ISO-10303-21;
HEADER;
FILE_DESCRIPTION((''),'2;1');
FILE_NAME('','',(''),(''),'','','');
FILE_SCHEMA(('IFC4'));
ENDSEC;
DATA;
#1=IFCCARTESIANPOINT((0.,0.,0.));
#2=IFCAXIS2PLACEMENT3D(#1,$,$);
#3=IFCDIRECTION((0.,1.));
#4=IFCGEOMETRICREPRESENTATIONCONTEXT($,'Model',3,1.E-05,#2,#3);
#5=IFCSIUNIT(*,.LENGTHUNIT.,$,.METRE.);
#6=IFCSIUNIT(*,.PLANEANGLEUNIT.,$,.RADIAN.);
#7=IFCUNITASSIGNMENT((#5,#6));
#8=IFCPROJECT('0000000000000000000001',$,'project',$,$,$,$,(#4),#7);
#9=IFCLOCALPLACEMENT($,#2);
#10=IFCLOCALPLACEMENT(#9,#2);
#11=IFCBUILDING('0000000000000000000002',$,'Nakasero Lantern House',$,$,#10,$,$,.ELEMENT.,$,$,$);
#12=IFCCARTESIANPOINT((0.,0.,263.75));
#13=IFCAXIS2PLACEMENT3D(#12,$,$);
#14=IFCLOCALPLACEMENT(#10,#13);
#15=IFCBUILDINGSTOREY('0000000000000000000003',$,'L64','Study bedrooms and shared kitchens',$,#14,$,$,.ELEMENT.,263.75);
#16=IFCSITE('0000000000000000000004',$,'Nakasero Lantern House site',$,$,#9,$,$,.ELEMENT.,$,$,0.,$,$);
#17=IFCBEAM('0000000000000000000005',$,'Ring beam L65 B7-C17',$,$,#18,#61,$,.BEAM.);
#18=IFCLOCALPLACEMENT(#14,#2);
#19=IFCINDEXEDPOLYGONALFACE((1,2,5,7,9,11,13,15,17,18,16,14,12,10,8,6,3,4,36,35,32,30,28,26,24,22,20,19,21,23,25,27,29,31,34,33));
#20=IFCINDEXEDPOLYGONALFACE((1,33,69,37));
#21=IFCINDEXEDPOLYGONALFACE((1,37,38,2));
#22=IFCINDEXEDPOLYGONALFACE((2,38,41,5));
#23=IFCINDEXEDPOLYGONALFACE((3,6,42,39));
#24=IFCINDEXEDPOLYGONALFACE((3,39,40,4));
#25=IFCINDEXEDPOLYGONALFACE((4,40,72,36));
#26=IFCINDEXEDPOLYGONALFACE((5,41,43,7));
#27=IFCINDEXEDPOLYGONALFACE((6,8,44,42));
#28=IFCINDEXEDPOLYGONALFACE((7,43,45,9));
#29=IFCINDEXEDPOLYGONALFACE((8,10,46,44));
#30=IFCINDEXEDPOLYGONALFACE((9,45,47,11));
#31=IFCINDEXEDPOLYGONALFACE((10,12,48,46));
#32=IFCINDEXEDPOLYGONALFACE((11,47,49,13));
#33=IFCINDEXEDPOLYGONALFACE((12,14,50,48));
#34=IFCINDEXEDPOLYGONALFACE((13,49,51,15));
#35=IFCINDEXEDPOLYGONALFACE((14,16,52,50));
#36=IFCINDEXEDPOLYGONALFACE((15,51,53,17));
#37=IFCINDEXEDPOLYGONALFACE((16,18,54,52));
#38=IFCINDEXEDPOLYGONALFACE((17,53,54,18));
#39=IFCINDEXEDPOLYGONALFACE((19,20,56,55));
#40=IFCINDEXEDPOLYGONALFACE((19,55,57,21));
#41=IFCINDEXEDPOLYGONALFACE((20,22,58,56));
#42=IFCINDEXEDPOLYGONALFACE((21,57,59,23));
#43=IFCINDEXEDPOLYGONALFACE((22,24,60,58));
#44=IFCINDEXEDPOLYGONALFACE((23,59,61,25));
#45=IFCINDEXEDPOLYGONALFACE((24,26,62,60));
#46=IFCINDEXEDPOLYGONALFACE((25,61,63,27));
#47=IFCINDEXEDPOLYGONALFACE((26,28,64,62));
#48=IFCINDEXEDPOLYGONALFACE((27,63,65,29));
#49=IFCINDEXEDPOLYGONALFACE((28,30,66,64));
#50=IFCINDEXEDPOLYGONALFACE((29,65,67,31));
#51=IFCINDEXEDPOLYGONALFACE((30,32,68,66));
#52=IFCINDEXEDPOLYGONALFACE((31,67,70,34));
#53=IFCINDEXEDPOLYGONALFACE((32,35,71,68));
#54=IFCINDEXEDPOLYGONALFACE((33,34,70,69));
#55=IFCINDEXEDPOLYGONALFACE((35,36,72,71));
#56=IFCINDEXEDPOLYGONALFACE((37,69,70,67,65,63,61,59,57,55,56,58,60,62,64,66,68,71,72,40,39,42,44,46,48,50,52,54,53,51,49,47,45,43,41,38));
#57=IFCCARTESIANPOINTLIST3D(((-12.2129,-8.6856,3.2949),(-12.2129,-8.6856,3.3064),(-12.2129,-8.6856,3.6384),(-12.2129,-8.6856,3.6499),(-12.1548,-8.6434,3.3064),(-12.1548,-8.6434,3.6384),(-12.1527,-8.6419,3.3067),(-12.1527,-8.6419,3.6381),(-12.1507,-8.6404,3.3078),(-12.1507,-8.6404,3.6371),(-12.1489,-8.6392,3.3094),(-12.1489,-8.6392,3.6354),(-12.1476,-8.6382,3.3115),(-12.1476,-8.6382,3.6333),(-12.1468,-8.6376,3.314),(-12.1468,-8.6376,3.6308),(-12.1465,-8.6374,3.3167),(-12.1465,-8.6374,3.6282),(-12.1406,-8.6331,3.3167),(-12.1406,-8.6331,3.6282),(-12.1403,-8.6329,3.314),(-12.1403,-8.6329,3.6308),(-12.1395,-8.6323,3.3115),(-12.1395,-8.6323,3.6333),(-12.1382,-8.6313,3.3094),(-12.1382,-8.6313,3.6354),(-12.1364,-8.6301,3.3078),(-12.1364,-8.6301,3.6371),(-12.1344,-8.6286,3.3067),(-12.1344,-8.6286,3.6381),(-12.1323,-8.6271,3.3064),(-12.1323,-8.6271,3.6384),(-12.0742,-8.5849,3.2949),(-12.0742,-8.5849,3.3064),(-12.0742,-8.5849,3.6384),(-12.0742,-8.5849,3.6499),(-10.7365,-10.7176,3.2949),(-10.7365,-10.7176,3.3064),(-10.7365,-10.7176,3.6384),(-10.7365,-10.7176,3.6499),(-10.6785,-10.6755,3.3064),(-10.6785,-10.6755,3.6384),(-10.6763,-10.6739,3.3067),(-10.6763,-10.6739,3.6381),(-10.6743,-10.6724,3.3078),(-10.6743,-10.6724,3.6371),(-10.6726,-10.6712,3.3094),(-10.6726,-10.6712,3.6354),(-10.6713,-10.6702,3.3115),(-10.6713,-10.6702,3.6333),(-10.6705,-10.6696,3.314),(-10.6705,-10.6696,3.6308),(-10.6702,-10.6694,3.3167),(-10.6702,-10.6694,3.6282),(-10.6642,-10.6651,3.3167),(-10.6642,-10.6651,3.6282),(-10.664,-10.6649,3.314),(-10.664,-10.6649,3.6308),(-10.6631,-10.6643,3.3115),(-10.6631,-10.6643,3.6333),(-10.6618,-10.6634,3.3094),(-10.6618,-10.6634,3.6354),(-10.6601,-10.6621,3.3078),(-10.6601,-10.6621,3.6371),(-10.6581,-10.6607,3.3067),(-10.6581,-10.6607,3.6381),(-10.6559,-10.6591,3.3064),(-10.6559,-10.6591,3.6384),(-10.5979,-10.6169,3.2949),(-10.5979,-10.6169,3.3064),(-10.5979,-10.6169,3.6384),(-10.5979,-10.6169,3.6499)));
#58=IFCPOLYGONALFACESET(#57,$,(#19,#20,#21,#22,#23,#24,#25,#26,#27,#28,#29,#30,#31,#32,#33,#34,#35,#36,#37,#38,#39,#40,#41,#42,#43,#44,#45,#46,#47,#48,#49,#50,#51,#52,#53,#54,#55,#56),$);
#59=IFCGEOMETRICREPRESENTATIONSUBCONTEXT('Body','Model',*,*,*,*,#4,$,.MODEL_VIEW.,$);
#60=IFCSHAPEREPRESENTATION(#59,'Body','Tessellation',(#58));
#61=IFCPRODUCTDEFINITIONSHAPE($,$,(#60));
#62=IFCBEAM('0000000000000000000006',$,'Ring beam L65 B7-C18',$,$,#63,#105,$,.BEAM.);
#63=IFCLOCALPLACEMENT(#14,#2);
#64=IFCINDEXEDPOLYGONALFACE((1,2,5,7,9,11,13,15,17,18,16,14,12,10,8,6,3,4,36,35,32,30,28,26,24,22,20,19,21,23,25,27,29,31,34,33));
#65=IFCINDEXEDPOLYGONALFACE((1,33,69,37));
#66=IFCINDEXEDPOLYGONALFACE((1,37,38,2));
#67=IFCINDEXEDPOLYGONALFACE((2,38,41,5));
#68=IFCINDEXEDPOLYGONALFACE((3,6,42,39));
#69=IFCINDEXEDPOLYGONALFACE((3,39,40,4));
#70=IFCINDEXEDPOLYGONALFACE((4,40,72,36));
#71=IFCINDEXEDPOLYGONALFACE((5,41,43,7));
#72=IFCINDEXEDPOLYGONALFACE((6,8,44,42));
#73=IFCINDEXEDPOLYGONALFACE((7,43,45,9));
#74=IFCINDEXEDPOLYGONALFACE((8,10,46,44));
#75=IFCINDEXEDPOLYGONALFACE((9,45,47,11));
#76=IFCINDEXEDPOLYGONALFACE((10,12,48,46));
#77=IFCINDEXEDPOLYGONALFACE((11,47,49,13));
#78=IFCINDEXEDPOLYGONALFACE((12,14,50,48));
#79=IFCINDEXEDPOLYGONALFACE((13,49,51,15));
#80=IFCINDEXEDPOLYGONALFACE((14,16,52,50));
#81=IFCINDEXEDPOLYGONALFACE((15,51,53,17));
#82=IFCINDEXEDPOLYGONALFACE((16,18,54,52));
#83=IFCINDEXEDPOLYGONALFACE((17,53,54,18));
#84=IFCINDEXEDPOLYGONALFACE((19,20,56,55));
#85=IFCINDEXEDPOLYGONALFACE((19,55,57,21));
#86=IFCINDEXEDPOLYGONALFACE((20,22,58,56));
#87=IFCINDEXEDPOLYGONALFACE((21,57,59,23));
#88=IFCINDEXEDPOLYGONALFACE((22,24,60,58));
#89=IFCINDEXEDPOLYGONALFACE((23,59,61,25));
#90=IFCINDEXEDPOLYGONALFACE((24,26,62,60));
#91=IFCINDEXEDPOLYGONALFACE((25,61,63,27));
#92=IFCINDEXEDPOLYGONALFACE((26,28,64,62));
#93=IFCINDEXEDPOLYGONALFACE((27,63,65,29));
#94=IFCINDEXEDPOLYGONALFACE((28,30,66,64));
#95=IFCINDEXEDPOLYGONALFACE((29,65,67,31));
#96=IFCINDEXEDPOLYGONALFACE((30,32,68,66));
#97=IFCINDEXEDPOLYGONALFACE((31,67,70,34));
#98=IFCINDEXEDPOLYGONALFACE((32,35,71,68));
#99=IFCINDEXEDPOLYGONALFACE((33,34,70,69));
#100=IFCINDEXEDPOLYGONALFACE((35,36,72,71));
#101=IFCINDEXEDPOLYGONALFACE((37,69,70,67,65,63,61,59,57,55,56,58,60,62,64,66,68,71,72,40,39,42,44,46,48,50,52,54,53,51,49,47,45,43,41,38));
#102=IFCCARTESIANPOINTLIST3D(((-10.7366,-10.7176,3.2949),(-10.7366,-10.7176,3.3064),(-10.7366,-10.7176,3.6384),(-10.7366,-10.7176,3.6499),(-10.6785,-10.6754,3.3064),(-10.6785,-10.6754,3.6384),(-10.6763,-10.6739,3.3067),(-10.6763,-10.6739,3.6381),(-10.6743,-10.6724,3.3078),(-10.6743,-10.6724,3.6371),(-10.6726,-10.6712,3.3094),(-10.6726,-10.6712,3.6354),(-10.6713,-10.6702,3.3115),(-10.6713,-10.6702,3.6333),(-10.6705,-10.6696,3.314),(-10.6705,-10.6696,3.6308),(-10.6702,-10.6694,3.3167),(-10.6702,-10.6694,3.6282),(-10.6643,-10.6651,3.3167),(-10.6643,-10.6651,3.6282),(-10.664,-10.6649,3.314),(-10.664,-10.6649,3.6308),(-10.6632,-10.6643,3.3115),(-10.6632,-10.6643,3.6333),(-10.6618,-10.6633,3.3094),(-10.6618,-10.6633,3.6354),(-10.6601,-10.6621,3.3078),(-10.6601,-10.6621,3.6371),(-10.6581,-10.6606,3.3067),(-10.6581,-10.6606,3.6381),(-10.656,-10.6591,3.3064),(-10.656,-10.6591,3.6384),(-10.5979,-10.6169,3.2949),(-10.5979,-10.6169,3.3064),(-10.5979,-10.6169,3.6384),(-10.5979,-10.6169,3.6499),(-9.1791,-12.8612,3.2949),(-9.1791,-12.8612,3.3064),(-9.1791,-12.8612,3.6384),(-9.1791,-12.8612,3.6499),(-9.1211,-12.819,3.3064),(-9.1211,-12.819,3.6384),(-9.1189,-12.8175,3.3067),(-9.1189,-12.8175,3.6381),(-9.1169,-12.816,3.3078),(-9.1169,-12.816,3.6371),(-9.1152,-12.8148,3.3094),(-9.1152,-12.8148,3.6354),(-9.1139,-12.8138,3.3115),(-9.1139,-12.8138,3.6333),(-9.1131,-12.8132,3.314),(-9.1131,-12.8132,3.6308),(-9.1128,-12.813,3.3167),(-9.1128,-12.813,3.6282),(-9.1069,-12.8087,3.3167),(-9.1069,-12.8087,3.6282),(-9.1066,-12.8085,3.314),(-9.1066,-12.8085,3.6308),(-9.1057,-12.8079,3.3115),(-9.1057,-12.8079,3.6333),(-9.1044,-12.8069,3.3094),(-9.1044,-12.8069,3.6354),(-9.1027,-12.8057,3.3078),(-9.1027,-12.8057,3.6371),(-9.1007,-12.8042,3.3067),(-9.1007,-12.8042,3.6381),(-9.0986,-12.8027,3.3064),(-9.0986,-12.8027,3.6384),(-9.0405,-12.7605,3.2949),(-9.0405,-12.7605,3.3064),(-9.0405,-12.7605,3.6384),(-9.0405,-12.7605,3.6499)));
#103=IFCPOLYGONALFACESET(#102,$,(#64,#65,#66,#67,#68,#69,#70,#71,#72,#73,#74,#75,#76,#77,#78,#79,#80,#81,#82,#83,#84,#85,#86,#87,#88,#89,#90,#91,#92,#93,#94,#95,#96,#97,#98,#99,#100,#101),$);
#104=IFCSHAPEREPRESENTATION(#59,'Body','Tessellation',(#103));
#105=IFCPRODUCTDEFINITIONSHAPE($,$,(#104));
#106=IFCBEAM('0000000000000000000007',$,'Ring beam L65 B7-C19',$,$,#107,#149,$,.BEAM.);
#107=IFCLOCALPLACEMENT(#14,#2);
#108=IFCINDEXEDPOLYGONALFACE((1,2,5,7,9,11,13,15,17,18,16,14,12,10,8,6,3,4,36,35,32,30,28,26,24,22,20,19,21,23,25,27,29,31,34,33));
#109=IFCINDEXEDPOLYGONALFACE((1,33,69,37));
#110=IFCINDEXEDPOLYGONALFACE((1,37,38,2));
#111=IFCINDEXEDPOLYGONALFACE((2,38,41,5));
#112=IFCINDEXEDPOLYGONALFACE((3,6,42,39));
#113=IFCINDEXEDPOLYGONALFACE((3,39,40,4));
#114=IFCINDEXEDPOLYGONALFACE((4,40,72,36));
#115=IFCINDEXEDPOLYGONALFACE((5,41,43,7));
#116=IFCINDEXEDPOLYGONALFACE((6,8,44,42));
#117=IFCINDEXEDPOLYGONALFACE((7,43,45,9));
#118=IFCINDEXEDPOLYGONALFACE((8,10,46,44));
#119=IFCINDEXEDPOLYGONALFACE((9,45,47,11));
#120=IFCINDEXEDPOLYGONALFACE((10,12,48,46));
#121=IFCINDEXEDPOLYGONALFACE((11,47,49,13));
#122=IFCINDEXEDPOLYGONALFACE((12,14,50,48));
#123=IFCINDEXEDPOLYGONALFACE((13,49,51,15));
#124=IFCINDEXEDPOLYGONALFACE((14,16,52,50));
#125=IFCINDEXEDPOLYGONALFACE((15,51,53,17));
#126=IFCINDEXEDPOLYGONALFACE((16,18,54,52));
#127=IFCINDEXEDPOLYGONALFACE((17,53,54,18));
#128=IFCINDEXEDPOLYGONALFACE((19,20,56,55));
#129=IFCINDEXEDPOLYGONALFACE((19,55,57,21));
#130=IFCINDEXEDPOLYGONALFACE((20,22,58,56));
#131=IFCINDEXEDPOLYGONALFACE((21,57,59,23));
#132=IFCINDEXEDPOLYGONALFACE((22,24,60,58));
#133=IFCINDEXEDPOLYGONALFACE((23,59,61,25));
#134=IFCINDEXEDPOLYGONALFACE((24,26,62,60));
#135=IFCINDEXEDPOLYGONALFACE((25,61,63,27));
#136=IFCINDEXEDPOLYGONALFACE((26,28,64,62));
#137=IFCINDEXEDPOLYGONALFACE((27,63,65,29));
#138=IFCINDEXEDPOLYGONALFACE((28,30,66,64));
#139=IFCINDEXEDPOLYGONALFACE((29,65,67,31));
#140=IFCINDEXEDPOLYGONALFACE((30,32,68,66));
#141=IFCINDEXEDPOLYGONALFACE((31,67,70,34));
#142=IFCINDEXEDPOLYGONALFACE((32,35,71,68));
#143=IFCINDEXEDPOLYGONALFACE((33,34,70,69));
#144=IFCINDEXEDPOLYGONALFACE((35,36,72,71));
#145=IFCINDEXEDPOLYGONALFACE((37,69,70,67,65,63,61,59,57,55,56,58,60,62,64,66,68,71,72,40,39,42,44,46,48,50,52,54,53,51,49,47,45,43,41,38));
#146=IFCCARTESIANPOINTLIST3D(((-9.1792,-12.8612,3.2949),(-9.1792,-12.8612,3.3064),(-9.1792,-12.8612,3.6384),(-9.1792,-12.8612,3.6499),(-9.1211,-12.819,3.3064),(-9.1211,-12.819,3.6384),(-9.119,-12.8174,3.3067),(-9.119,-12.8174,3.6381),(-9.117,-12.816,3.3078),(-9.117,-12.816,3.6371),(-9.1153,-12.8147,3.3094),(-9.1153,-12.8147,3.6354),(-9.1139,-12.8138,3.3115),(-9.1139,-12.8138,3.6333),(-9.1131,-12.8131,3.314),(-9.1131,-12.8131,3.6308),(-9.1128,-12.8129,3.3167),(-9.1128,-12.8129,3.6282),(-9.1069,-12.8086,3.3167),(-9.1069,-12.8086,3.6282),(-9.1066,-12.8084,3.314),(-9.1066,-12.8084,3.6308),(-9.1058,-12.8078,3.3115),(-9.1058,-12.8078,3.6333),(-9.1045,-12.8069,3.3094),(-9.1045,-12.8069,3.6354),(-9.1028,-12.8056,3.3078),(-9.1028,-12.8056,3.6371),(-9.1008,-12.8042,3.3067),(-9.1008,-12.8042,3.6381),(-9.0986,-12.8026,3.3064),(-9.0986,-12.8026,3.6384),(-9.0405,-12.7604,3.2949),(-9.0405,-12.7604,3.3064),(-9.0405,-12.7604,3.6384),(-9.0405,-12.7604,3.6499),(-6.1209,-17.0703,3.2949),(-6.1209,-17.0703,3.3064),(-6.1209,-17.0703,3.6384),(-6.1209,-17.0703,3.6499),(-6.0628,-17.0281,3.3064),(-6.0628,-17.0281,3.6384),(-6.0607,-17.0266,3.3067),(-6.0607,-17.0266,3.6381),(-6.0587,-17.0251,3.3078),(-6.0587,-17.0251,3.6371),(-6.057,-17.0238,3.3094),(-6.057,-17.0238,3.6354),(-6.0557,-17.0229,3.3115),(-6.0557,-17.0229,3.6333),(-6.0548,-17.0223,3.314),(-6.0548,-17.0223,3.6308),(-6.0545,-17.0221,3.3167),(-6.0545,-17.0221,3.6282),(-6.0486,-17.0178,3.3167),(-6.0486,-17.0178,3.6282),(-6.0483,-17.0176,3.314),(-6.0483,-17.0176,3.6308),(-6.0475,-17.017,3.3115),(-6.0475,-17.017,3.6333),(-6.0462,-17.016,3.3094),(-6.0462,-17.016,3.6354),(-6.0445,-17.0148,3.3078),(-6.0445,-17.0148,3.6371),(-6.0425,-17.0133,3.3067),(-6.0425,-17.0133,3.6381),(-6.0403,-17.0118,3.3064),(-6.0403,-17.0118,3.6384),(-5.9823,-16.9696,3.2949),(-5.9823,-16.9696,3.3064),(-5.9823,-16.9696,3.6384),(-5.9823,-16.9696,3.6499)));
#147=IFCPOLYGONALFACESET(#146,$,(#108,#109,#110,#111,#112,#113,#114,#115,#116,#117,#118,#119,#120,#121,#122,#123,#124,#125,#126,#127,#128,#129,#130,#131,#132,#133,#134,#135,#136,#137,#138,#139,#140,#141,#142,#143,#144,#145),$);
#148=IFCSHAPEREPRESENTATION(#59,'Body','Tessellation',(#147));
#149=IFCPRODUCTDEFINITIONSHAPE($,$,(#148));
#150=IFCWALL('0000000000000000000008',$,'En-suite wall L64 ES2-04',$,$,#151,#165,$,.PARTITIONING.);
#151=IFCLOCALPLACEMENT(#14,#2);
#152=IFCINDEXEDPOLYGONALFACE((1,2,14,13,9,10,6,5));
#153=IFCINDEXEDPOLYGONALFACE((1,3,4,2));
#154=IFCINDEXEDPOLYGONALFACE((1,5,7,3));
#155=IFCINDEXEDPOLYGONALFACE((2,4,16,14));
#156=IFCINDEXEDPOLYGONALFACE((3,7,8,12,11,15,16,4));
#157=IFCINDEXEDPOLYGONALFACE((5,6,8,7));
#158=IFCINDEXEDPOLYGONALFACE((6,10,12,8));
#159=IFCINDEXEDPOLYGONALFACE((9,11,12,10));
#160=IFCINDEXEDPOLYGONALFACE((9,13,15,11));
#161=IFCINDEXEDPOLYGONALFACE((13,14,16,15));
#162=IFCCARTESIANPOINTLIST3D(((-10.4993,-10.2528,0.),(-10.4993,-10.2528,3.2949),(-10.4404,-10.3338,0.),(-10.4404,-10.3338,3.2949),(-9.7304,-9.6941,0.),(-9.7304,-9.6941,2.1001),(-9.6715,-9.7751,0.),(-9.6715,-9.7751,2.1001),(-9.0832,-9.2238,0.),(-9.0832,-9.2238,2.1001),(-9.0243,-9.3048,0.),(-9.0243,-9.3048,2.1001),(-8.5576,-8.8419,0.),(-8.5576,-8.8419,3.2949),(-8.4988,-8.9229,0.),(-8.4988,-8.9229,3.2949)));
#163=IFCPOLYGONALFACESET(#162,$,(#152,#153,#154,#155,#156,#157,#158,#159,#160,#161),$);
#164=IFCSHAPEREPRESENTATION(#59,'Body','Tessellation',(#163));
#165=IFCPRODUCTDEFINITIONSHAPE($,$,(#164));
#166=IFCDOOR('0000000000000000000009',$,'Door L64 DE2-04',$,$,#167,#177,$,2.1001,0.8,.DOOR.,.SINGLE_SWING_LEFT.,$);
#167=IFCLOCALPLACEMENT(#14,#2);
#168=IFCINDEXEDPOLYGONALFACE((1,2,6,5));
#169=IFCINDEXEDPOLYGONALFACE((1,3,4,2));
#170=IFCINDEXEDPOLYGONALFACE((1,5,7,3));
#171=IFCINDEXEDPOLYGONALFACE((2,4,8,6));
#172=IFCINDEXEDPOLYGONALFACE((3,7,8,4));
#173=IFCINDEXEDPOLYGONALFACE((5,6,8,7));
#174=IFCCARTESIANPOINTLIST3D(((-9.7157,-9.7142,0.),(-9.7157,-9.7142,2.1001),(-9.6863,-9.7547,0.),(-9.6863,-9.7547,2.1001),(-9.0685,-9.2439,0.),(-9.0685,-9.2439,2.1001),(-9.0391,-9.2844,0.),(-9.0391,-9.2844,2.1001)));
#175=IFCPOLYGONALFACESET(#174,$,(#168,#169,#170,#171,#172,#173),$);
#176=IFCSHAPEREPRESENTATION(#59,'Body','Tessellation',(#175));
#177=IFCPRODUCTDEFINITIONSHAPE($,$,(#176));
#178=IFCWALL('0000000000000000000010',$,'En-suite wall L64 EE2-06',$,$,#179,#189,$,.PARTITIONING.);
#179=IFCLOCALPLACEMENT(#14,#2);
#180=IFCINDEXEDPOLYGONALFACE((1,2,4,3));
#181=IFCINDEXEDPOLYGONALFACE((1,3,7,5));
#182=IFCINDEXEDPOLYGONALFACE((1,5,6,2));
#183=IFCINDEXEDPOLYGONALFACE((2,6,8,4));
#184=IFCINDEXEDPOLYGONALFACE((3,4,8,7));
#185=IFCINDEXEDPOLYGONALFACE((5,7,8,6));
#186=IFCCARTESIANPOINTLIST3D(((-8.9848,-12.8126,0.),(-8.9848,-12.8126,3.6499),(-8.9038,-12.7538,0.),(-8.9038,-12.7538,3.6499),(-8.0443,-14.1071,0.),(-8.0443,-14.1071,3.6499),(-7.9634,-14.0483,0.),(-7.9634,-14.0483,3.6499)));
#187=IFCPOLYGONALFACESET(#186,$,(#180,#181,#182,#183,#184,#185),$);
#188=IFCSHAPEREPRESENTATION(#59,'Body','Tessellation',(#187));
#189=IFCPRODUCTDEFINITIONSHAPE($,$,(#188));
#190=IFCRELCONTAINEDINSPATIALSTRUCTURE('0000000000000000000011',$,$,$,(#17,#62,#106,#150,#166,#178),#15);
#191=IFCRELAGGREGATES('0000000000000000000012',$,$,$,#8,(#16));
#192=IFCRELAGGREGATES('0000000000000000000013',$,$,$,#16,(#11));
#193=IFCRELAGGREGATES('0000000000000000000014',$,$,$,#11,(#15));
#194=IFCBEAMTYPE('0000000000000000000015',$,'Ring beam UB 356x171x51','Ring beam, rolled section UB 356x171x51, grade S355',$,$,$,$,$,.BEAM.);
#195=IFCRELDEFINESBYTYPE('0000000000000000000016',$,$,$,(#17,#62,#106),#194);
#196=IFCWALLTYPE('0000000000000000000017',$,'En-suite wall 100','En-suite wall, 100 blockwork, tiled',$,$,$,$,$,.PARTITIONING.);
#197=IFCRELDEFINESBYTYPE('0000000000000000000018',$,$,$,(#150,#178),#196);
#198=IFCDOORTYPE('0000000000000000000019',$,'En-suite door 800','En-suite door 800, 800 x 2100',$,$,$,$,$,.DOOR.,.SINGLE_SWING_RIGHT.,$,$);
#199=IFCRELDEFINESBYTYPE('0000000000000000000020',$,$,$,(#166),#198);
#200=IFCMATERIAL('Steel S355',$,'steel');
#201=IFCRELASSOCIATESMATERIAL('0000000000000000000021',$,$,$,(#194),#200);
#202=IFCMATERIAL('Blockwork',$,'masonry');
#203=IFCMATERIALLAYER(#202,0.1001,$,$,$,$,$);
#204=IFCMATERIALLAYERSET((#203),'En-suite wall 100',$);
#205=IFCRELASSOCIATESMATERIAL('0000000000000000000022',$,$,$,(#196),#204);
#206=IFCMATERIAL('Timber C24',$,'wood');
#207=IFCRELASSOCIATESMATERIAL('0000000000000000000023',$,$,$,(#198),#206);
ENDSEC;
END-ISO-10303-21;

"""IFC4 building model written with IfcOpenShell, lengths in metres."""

from ifc_helpers import new_model, si_unit, direction, frame, frame_2d, origin, origin_2d, place, context, subcontext, project, spatial, rectangle, i_section, extrude, material, layer, layer_set, material_profile, profile_set, type_object, element, fill, save


model = new_model("IFC4")

# Units and contexts
model_context = context("Model", 3, precision=1e-05, world=origin(), true_north=direction((0.0, 1.0)))
body_context = subcontext(model_context, "Body", "Model", "MODEL_VIEW")
ifc_project = project(units=[si_unit("LENGTHUNIT", "METRE"), si_unit("PLANEANGLEUNIT", "RADIAN")], contexts=[model_context])

# Site, building, storey
site_placement = place(None, origin())
site = spatial("IfcSite", under=ifc_project, at=site_placement, Name="Nakasero Lantern House site", CompositionType="ELEMENT", RefElevation=0.0)
building_placement = place(site_placement, origin())
building = spatial("IfcBuilding", under=site, at=building_placement, Name="Nakasero Lantern House", CompositionType="ELEMENT")
storey_placement = place(building_placement, frame((0.0, 0.0, 263.75)))
storey = spatial("IfcBuildingStorey", under=building, at=storey_placement, Name="L64", Description="Study bedrooms and shared kitchens", CompositionType="ELEMENT", Elevation=263.75)

# Beams
ifc_material_1 = material(Name="Steel S355", Category="steel")
ifc_material_profile_1 = material_profile(ifc_material_1, i_section(OverallWidth=0.1714, OverallDepth=0.355, WebThickness=0.0073, FlangeThickness=0.0115, FilletRadius=0.0103, at=origin_2d()), Name="UB 356x171x51")
ifc_profile_set_1 = profile_set([ifc_material_profile_1], Name="Steel S355")
beam_type_1 = type_object("IfcBeamType", Name="Ring beam UB 356x171x51", Description="Ring beam, rolled section UB 356x171x51, grade S355", PredefinedType="BEAM", material=ifc_profile_set_1)
beam_1_placement = place(storey_placement, frame((-12.1436, -8.6353, 3.4724), z_axis=(0.587784, -0.809018, 0.0), x_axis=(0.809018, 0.587784, 0.0)))
element("IfcBeam", 1, at=beam_1_placement, inside=storey, type_object=beam_type_1, Name="Ring beam L65 B7-C17", PredefinedType="BEAM", context=body_context, shape_type="SweptSolid", body=[
    extrude(i_section(OverallWidth=0.1714, OverallDepth=0.355, WebThickness=0.0073, FlangeThickness=0.0115, FilletRadius=0.0103, at=origin_2d()), origin(), (0.0, 0.0, 1.0), 2.5117),
])
beam_2_placement = place(storey_placement, frame((-10.6672, -10.6672, 3.4724), z_axis=(0.587783, -0.809019, 0.0), x_axis=(0.809019, 0.587783, 0.0)))
element("IfcBeam", 2, at=beam_2_placement, inside=storey, type_object=beam_type_1, Name="Ring beam L65 B7-C18", PredefinedType="BEAM", context=body_context, shape_type="SweptSolid", body=[
    extrude(i_section(OverallWidth=0.1714, OverallDepth=0.355, WebThickness=0.0073, FlangeThickness=0.0115, FilletRadius=0.0103, at=origin_2d()), origin(), (0.0, 0.0, 1.0), 2.6497),
])
beam_3_placement = place(storey_placement, frame((-9.1099, -12.8108, 3.4724), z_axis=(0.587806, -0.809002, 0.0), x_axis=(0.809002, 0.587806, 0.0)))
element("IfcBeam", 3, at=beam_3_placement, inside=storey, type_object=beam_type_1, Name="Ring beam L65 B7-C19", PredefinedType="BEAM", context=body_context, shape_type="SweptSolid", body=[
    extrude(i_section(OverallWidth=0.1714, OverallDepth=0.355, WebThickness=0.0073, FlangeThickness=0.0115, FilletRadius=0.0103, at=origin_2d()), origin(), (0.0, 0.0, 1.0), 5.2029),
])

# Wall, opening, door
ifc_material_2 = material(Name="Blockwork", Category="masonry")
ifc_layer_1 = layer(ifc_material_2, 0.1001)
ifc_layer_set_1 = layer_set([ifc_layer_1], Name="En-suite wall 100")
wall_type_1 = type_object("IfcWallType", Name="En-suite wall 100", Description="En-suite wall, 100 blockwork, tiled", PredefinedType="PARTITIONING", material=ifc_layer_set_1)
wall_1_placement = place(storey_placement, frame((-8.5281, -8.8823, 0.0), z_axis=(0.0, 0.0, 1.0), x_axis=(-0.808978, -0.587839, 0.0)))
wall_1 = element("IfcWall", 4, at=wall_1_placement, inside=storey, type_object=wall_type_1, Name="En-suite wall L64 ES2-04", PredefinedType="PARTITIONING", context=body_context, shape_type="SweptSolid", body=[
    extrude(rectangle(XDim=2.4001, YDim=0.1001, at=frame_2d((1.2002, 0.0))), origin(), (0.0, 0.0, 1.0), 3.2949),
])
opening_placement = place(wall_1_placement, frame((0.6499, 0.0, 0.0)))
opening = element("IfcOpeningElement", 5, at=opening_placement, cuts=wall_1, PredefinedType="OPENING", context=body_context, shape_type="SweptSolid", body=[
    extrude(rectangle(XDim=0.8, YDim=2.1001, at=frame_2d((0.3999, 1.05))), frame((0.0, 0.0701, 0.0), z_axis=(0.0, -1.0, 0.0), x_axis=(1.0, 0.0, 0.0)), (0.0, 0.0, 1.0), 0.1401),
])
ifc_material_3 = material(Name="Timber C24", Category="wood")
door_type = type_object("IfcDoorType", Name="En-suite door 800", Description="En-suite door 800, 800 x 2100", OperationType="SINGLE_SWING_RIGHT", PredefinedType="DOOR", material=ifc_material_3)
door_placement = place(opening_placement, origin())
door = element("IfcDoor", 6, at=door_placement, inside=storey, type_object=door_type, Name="Door L64 DE2-04", OperationType="SINGLE_SWING_LEFT", OverallHeight=2.1001, OverallWidth=0.8, PredefinedType="DOOR", context=body_context, shape_type="SweptSolid", body=[
    extrude(rectangle(XDim=0.8, YDim=2.1001, at=frame_2d((0.3999, 1.05))), frame((0.0, 0.0249, 0.0), z_axis=(0.0, -1.0, 0.0), x_axis=(1.0, 0.0, 0.0)), (0.0, 0.0, 1.0), 0.05),
])
fill(opening, door)

# Wall
for number, where, z_axis, x_axis, name in (
    (7, (-8.9443, -12.7832, 0.0), (0.0, 0.0, 1.0), (0.587772, -0.809026, 0.0), "En-suite wall L64 EE2-06"),
):
    element("IfcWall", number, at=place(storey_placement, frame(where, z_axis=z_axis, x_axis=x_axis)), inside=storey, type_object=wall_type_1, Name=name, PredefinedType="PARTITIONING", context=body_context, shape_type="SweptSolid", body=[
        extrude(rectangle(XDim=1.6001, YDim=0.1001, at=frame_2d((0.8, 0.0))), origin(), (0.0, 0.0, 1.0), 3.6499),
    ])

save(model, "model.ifc")
